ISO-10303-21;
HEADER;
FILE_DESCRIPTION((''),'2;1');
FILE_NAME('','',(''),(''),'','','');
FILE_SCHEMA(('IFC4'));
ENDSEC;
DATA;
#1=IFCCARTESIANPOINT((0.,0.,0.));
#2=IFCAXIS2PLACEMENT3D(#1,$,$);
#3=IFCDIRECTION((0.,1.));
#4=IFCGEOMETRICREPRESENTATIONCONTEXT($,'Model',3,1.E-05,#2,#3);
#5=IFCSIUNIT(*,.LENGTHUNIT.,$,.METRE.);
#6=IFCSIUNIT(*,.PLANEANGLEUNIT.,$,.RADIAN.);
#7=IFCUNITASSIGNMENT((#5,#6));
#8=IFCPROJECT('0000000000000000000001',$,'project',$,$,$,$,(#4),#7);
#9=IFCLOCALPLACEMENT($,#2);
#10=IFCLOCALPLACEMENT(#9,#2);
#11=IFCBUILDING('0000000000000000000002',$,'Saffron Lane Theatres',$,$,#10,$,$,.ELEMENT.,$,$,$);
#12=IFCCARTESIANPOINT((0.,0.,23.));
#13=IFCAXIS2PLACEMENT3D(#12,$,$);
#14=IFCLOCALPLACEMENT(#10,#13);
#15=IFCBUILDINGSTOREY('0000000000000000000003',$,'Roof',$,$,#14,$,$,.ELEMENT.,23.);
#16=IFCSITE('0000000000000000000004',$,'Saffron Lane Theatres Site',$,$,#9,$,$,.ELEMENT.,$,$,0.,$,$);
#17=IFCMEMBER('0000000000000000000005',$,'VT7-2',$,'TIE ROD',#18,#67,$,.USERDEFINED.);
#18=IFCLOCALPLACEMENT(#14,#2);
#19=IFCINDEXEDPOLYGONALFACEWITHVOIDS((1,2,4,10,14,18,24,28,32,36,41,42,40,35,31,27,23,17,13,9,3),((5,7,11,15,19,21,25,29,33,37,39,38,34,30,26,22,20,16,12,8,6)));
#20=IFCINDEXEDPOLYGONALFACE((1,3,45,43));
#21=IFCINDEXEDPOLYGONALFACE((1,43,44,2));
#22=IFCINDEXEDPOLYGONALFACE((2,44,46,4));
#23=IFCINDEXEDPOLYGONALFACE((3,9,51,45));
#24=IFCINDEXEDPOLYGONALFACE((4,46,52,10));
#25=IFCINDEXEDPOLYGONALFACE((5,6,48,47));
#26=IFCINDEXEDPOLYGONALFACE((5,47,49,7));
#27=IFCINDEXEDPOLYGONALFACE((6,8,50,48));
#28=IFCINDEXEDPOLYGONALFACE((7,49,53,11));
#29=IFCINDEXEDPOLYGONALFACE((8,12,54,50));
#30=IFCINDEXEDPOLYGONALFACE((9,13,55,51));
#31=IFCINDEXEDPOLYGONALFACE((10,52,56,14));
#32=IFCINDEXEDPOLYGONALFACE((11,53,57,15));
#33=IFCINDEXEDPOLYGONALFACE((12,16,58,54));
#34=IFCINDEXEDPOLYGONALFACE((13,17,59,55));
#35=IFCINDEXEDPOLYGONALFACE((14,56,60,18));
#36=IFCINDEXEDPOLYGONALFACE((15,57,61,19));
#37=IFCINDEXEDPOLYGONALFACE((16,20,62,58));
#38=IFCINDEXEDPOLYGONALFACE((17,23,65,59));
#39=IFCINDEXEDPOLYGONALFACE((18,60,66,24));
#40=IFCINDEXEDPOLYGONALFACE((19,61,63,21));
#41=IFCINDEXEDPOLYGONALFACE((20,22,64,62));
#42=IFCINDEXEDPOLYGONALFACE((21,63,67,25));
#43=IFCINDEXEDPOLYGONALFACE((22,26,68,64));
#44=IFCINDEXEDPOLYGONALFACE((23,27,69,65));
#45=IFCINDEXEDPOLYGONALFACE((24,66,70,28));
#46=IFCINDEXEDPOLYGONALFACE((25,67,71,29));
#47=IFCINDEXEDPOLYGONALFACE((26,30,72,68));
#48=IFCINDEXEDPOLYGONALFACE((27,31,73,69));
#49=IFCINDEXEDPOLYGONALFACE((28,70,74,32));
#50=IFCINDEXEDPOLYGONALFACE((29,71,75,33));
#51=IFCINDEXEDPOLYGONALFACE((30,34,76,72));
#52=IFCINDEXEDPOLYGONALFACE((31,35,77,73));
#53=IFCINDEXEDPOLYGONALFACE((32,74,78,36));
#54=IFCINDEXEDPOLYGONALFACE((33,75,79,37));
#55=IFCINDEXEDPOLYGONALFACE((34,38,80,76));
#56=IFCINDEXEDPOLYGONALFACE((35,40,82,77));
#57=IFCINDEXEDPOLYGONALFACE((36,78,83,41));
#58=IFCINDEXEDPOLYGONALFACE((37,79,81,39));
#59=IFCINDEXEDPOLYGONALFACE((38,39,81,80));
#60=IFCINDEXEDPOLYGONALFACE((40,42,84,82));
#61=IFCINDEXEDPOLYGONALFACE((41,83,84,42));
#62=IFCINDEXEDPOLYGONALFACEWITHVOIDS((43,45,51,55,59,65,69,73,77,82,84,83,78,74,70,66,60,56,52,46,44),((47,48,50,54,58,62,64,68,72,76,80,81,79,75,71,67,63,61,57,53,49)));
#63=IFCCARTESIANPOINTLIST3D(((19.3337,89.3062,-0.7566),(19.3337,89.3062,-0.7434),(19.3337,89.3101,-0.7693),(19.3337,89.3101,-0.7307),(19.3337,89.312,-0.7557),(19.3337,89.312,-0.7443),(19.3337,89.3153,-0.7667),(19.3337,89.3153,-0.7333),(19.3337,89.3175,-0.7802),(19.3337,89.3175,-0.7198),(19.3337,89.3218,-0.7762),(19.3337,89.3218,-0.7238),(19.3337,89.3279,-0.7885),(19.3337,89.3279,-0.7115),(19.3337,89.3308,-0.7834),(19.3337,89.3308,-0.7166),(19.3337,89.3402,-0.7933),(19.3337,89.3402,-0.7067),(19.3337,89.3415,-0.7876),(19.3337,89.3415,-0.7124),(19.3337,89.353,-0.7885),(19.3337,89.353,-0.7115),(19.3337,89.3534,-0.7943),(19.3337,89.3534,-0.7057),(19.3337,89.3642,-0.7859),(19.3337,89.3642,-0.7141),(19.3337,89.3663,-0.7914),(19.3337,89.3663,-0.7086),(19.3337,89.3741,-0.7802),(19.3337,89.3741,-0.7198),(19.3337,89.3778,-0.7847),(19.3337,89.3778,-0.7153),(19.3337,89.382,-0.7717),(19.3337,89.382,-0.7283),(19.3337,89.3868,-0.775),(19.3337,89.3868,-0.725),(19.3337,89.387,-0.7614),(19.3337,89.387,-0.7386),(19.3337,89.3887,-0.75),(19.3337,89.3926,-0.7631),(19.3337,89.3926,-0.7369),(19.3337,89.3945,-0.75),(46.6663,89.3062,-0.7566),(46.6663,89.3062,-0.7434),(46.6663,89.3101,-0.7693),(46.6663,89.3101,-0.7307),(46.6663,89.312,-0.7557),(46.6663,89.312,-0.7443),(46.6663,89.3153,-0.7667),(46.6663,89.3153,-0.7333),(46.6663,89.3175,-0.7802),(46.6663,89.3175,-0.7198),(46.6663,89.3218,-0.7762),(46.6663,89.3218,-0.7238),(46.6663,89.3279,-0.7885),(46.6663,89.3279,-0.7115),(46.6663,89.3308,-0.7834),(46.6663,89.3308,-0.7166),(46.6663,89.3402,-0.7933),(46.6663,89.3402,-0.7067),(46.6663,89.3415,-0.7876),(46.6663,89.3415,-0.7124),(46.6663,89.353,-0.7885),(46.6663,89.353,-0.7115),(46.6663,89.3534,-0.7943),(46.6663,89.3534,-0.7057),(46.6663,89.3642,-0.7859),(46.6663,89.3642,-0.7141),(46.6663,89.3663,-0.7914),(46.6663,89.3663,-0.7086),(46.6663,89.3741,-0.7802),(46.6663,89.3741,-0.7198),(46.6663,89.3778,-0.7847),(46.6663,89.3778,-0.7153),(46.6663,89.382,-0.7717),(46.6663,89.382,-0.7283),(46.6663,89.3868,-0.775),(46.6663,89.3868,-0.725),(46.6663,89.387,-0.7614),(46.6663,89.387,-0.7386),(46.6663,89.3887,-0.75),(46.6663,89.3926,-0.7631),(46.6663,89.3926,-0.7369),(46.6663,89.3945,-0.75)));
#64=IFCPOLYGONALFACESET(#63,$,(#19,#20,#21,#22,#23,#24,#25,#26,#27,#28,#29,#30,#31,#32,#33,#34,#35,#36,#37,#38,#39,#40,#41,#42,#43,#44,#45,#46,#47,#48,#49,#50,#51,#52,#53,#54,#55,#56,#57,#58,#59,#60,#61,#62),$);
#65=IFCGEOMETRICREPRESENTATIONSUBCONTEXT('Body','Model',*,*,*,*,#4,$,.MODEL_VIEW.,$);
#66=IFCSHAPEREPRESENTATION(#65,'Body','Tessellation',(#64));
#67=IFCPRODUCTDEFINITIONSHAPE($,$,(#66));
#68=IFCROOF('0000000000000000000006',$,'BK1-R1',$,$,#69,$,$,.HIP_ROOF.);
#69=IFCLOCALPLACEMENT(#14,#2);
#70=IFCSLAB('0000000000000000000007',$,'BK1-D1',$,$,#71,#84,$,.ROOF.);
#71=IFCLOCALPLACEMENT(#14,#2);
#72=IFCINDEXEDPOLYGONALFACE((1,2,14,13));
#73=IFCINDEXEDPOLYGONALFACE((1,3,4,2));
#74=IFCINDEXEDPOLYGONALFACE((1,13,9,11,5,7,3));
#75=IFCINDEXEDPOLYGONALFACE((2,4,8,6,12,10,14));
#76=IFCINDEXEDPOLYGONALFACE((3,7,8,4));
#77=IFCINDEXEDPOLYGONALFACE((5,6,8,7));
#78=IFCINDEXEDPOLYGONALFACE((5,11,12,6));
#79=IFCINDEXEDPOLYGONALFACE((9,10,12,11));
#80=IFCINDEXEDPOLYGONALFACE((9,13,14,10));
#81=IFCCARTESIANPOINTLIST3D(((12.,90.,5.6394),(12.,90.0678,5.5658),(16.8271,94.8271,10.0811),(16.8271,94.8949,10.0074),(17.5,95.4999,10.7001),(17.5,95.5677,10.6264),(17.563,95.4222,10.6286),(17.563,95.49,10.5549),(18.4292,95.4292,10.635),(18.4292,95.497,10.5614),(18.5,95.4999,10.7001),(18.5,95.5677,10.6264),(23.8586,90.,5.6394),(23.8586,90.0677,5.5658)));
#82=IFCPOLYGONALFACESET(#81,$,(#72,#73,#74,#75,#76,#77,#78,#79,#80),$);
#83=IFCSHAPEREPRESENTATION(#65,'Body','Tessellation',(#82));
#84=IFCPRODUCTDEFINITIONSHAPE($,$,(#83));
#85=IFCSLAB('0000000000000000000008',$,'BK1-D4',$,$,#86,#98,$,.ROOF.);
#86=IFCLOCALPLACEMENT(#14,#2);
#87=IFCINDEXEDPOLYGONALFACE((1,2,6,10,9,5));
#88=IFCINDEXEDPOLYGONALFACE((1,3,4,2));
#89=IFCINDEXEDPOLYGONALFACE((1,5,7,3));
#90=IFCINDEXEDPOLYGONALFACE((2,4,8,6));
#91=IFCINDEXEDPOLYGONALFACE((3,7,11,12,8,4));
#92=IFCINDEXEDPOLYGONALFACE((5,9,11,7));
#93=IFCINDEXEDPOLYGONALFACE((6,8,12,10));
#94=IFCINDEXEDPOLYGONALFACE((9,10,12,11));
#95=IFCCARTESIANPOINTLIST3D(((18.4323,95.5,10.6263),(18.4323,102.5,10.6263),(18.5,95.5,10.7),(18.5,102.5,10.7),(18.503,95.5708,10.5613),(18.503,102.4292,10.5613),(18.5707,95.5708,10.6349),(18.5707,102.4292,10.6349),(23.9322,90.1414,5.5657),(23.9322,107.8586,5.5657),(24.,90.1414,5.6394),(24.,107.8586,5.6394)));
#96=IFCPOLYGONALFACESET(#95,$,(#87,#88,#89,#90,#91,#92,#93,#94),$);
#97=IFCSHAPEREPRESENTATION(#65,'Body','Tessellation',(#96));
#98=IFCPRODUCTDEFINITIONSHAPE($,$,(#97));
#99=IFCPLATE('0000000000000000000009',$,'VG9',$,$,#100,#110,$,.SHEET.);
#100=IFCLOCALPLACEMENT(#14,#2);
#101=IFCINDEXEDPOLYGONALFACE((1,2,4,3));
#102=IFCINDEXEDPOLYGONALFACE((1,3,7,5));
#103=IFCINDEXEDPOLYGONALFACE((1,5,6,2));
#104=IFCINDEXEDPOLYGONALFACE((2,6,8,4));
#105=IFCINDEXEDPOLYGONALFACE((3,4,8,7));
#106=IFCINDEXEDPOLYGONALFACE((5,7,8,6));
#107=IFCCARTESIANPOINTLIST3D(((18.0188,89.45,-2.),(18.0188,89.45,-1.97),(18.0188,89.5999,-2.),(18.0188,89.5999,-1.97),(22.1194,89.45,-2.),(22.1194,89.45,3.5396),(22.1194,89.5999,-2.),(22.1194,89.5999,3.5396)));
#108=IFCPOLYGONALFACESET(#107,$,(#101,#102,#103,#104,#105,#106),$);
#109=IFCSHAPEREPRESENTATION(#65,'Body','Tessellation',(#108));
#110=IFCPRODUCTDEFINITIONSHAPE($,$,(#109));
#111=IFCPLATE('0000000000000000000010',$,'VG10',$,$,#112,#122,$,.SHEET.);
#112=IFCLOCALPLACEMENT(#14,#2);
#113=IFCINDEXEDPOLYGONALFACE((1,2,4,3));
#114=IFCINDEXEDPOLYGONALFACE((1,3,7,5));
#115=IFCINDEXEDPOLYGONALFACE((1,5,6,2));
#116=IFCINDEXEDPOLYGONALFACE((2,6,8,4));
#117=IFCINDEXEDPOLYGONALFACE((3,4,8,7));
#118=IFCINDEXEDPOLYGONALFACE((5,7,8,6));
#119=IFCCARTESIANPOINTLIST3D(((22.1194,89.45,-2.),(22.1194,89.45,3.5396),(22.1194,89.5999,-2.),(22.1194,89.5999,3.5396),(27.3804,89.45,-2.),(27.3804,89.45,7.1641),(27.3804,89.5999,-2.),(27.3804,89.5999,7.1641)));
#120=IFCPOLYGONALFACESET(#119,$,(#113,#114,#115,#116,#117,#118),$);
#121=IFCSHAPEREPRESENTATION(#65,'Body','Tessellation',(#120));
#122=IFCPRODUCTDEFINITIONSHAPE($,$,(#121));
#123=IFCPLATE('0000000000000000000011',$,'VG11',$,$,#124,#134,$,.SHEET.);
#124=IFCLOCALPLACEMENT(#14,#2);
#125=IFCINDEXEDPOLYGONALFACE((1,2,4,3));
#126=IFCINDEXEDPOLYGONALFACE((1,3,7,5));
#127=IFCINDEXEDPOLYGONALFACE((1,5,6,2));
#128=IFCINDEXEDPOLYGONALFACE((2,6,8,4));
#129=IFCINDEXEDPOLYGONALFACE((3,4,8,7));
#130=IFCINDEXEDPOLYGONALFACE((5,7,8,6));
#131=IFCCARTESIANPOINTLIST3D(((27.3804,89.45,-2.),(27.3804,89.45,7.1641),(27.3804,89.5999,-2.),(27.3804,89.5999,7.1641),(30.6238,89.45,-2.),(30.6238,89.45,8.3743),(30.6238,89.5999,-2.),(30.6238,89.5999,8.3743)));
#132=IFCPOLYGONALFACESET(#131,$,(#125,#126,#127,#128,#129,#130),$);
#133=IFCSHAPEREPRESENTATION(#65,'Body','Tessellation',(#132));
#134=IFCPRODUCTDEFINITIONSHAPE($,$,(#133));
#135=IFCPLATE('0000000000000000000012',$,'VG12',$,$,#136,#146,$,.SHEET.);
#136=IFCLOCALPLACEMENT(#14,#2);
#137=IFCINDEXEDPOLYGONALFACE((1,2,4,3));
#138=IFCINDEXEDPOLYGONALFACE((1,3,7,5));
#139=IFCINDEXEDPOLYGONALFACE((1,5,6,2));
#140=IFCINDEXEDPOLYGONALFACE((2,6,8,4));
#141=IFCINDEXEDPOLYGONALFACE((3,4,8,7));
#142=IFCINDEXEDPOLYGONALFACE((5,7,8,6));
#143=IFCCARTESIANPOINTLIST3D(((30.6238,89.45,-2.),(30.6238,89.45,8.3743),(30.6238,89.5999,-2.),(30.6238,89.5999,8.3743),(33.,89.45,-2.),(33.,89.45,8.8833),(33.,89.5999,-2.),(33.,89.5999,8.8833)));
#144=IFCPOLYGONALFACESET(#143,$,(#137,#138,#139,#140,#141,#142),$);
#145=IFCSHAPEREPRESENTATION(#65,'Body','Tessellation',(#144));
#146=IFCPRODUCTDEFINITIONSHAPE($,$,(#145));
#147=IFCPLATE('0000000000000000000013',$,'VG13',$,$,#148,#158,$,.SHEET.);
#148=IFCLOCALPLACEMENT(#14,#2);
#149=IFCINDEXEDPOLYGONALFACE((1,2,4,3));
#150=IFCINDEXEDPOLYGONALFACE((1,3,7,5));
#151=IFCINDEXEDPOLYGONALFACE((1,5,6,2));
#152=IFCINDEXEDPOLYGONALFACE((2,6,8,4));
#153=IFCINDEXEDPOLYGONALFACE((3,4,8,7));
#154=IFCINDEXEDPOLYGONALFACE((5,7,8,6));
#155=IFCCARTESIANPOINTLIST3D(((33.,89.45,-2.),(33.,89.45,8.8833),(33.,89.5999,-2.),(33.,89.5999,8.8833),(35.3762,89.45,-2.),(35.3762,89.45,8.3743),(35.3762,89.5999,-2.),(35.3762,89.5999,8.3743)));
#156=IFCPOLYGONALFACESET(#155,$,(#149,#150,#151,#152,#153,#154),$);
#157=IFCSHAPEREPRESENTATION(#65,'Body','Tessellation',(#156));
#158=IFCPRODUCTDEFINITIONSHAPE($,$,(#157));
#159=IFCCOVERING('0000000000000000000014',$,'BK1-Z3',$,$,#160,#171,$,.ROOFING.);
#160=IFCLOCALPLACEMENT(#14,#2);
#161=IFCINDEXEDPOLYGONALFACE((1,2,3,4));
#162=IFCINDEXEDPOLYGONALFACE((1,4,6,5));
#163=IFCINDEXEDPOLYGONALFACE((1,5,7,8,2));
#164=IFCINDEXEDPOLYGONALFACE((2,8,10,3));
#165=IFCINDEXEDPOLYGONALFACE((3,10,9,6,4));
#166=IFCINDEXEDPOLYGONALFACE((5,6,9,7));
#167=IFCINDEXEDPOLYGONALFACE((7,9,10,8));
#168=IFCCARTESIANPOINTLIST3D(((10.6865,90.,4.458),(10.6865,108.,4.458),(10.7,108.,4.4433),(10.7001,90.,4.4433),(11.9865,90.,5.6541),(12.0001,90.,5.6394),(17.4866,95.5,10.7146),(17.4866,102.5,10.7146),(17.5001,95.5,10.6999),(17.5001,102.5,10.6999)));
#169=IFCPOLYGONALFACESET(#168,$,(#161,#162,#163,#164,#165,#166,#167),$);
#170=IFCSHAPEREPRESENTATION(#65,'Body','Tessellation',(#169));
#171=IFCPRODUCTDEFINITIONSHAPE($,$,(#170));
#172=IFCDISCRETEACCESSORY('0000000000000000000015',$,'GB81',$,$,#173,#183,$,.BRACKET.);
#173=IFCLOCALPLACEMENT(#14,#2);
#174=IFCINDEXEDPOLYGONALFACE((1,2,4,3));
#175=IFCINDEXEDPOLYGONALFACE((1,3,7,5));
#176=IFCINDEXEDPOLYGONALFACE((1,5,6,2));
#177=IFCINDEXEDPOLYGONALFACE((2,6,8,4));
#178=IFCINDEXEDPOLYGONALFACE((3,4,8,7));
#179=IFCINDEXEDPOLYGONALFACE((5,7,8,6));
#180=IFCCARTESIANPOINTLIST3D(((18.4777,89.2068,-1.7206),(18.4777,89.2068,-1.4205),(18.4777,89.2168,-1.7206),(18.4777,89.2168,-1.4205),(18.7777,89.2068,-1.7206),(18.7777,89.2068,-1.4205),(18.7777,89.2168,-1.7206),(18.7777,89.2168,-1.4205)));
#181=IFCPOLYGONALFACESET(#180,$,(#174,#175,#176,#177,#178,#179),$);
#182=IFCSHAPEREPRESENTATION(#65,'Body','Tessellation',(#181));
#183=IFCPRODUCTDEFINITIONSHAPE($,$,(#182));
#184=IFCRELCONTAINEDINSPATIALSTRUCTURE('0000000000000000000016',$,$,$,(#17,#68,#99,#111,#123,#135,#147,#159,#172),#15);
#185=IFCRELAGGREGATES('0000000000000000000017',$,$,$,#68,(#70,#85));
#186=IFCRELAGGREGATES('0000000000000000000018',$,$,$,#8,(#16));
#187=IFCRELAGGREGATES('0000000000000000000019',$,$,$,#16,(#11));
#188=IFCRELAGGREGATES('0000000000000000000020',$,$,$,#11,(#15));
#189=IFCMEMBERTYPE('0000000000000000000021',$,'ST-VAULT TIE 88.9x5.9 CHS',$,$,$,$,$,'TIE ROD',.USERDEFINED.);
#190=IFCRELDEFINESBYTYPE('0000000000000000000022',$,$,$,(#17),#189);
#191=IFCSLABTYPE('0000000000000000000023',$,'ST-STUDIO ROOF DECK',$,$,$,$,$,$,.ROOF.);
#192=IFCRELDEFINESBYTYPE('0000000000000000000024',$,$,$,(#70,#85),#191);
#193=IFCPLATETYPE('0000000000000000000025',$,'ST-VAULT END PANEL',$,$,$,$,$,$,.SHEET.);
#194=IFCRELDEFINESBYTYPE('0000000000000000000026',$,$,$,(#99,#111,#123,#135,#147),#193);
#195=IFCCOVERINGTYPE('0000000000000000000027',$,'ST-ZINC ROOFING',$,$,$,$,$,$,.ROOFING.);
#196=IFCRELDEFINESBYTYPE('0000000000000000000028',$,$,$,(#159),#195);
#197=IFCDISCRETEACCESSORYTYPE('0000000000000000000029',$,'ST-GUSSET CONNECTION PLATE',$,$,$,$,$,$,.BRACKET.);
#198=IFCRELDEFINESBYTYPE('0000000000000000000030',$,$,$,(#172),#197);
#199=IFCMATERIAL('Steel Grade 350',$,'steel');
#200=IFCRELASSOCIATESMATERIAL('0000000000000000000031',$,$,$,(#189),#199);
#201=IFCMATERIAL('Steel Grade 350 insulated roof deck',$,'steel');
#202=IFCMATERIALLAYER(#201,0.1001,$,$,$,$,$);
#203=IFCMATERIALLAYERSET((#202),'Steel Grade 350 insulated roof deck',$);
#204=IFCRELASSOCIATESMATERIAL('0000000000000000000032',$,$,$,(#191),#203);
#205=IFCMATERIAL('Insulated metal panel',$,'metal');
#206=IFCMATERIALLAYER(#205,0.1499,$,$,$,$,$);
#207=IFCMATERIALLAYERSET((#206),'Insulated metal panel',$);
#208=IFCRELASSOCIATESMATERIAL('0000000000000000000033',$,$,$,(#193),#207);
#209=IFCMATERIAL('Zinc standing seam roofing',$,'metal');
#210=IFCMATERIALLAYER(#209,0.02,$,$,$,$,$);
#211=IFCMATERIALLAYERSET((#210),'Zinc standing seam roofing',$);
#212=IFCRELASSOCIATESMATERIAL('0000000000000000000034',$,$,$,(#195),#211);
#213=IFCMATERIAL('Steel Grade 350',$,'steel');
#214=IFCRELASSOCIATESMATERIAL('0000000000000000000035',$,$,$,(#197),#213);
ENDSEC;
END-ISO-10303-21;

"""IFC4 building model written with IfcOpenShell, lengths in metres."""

from ifc_helpers import new_model, si_unit, direction, frame, origin, origin_2d, place, context, subcontext, project, spatial, polyline, rectangle, hollow_circle, outline, extrude, material, layer, layer_set, material_profile, profile_set, type_object, element, aggregate, save


model = new_model("IFC4")

# Units and contexts
model_context = context("Model", 3, precision=1e-05, world=origin(), true_north=direction((0.0, 1.0)))
body_context = subcontext(model_context, "Body", "Model", "MODEL_VIEW")
ifc_project = project(units=[si_unit("LENGTHUNIT", "METRE"), si_unit("PLANEANGLEUNIT", "RADIAN")], contexts=[model_context])

# Site, building, storey
site_placement = place(None, origin())
site = spatial("IfcSite", under=ifc_project, at=site_placement, Name="Saffron Lane Theatres Site", CompositionType="ELEMENT", RefElevation=0.0)
building_placement = place(site_placement, origin())
building = spatial("IfcBuilding", under=site, at=building_placement, Name="Saffron Lane Theatres", CompositionType="ELEMENT")
storey_placement = place(building_placement, frame((0.0, 0.0, 23.0)))
storey = spatial("IfcBuildingStorey", under=building, at=storey_placement, Name="Roof", CompositionType="ELEMENT", Elevation=23.0)

# Member
ifc_material_1 = material(Name="Steel Grade 350", Category="steel")
ifc_material_profile_1 = material_profile(ifc_material_1, hollow_circle(Radius=0.0444, WallThickness=0.0059, at=origin_2d()))
ifc_profile_set_1 = profile_set([ifc_material_profile_1], Name="Steel Grade 350")
member_type_1 = type_object("IfcMemberType", Name="ST-VAULT TIE 88.9x5.9 CHS", ElementType="TIE ROD", PredefinedType="USERDEFINED", material=ifc_profile_set_1)
member_1_placement = place(storey_placement, frame((19.3337, 89.3501, -0.75), z_axis=(1.0, 0.0, 0.0), x_axis=(0.0, 1.0, 0.0)))
element("IfcMember", 1, at=member_1_placement, inside=storey, type_object=member_type_1, Name="VT7-2", ObjectType="TIE ROD", PredefinedType="USERDEFINED", context=body_context, shape_type="SweptSolid", body=[
    extrude(hollow_circle(Radius=0.0444, WallThickness=0.0059, at=origin_2d()), origin(), (0.0, 0.0, 1.0), 27.3325),
])

# Roof, slabs
roof_placement = place(storey_placement, origin())
roof = element("IfcRoof", 2, at=roof_placement, inside=storey, Name="BK1-R1", PredefinedType="HIP_ROOF")
ifc_material_2 = material(Name="Steel Grade 350 insulated roof deck", Category="steel")
ifc_layer_1 = layer(ifc_material_2, 0.1001)
ifc_layer_set_1 = layer_set([ifc_layer_1], Name="Steel Grade 350 insulated roof deck")
slab_type = type_object("IfcSlabType", Name="ST-STUDIO ROOF DECK", PredefinedType="ROOF", material=ifc_layer_set_1)
slab_1_placement = place(storey_placement, frame((16.8271, 94.8271, 10.0811), z_axis=(-0.000001, -0.677108, 0.735884), x_axis=(0.673033, 0.544268, 0.500798)))
slab_1 = element("IfcSlab", 3, at=slab_1_placement, type_object=slab_type, Name="BK1-D1", PredefinedType="ROOF", context=body_context, shape_type="SweptSolid", body=[
    extrude(outline(polyline([(0.0, 0.0), (1.0933, 0.0), (1.129, 0.1176), (1.802, -0.622), (1.6833, -0.6343), (-0.1192, -9.6155), (-8.1005, -0.8447), (0.0, 0.0)])), origin(), (0.0, 0.0, -1.0), 0.1001),
])
slab_2_placement = place(storey_placement, frame((24.0, 90.1414, 5.6394), z_axis=(0.677103, 0.0, 0.735889), x_axis=(-0.592694, 0.592714, 0.545347)))
slab_2 = element("IfcSlab", 4, at=slab_2_placement, type_object=slab_type, Name="BK1-D4", PredefinedType="ROOF", context=body_context, shape_type="SweptSolid", body=[
    extrude(outline(polyline([(0.0, 0.0), (9.1603, 0.0), (9.1957, 0.114), (13.3447, -5.5239), (13.2254, -5.5238), (10.5013, -14.2697), (0.0, 0.0)])), origin(), (0.0, 0.0, -1.0), 0.1001),
])
aggregate(roof, [slab_1, slab_2])

# Plates
ifc_material_3 = material(Name="Insulated metal panel", Category="metal")
ifc_layer_2 = layer(ifc_material_3, 0.1499)
ifc_layer_set_2 = layer_set([ifc_layer_2], Name="Insulated metal panel")
plate_type = type_object("IfcPlateType", Name="ST-VAULT END PANEL", PredefinedType="SHEET", material=ifc_layer_set_2)
plate_1_placement = place(storey_placement, frame((18.0188, 89.45, -2.0), z_axis=(0.0, -1.0, 0.0), x_axis=(1.0, 0.0, 0.0)))
element("IfcPlate", 5, at=plate_1_placement, inside=storey, type_object=plate_type, Name="VG9", PredefinedType="SHEET", context=body_context, shape_type="SweptSolid", body=[
    extrude(outline(polyline([(0.0, 0.0), (4.1006, 0.0), (4.1006, 5.5396), (0.0, 0.03), (0.0, 0.0)])), origin(), (0.0, 0.0, -1.0), 0.1499),
])
plate_2_placement = place(storey_placement, frame((22.1194, 89.45, -2.0), z_axis=(0.0, -1.0, 0.0), x_axis=(1.0, 0.0, 0.0)))
element("IfcPlate", 6, at=plate_2_placement, inside=storey, type_object=plate_type, Name="VG10", PredefinedType="SHEET", context=body_context, shape_type="SweptSolid", body=[
    extrude(outline(polyline([(0.0, 0.0), (5.261, 0.0), (5.261, 9.1641), (0.0, 5.5396), (0.0, 0.0)])), origin(), (0.0, 0.0, -1.0), 0.1499),
])
plate_3_placement = place(storey_placement, frame((27.3804, 89.45, -2.0), z_axis=(0.0, -1.0, 0.0), x_axis=(1.0, 0.0, 0.0)))
element("IfcPlate", 7, at=plate_3_placement, inside=storey, type_object=plate_type, Name="VG11", PredefinedType="SHEET", context=body_context, shape_type="SweptSolid", body=[
    extrude(outline(polyline([(0.0, 0.0), (3.2434, 0.0), (3.2434, 10.3743), (0.0, 9.1641), (0.0, 0.0)])), origin(), (0.0, 0.0, -1.0), 0.1499),
])
plate_4_placement = place(storey_placement, frame((30.6238, 89.45, -2.0), z_axis=(0.0, -1.0, 0.0), x_axis=(1.0, 0.0, 0.0)))
element("IfcPlate", 8, at=plate_4_placement, inside=storey, type_object=plate_type, Name="VG12", PredefinedType="SHEET", context=body_context, shape_type="SweptSolid", body=[
    extrude(outline(polyline([(0.0, 0.0), (2.3762, 0.0), (2.3762, 10.8833), (0.0, 10.3743), (0.0, 0.0)])), origin(), (0.0, 0.0, -1.0), 0.1499),
])
plate_5_placement = place(storey_placement, frame((33.0, 89.45, -2.0), z_axis=(0.0, -1.0, 0.0), x_axis=(1.0, 0.0, 0.0)))
element("IfcPlate", 9, at=plate_5_placement, inside=storey, type_object=plate_type, Name="VG13", PredefinedType="SHEET", context=body_context, shape_type="SweptSolid", body=[
    extrude(outline(polyline([(0.0, 0.0), (2.3762, 0.0), (2.3762, 10.3743), (0.0, 10.8833), (0.0, 0.0)])), origin(), (0.0, 0.0, -1.0), 0.1499),
])

# Covering
ifc_material_4 = material(Name="Zinc standing seam roofing", Category="metal")
ifc_layer_3 = layer(ifc_material_4, 0.02)
ifc_layer_set_3 = layer_set([ifc_layer_3], Name="Zinc standing seam roofing")
covering_type = type_object("IfcCoveringType", Name="ST-ZINC ROOFING", PredefinedType="ROOFING", material=ifc_layer_set_3)
covering_placement = place(storey_placement, frame((10.6865, 90.0, 4.458), z_axis=(-0.677087, -0.000003, 0.735903), x_axis=(-0.000002, 1.0, 0.000002)))
element("IfcCovering", 10, at=covering_placement, inside=storey, type_object=covering_type, Name="BK1-Z3", PredefinedType="ROOFING", context=body_context, shape_type="SweptSolid", body=[
    extrude(outline(polyline([(0.0, 0.0), (18.0, 0.0), (12.5, -9.2404), (5.5, -9.2404), (0.0, -1.7665), (0.0, 0.0)])), origin(), (0.0, 0.0, -1.0), 0.02),
])

# Discrete accessory
ifc_material_5 = material(Name="Steel Grade 350", Category="steel")
ifc_material_profile_2 = material_profile(ifc_material_5, rectangle(XDim=0.3, YDim=0.3, at=origin_2d()))
ifc_profile_set_2 = profile_set([ifc_material_profile_2], Name="Steel Grade 350")
discrete_accessory_type_1 = type_object("IfcDiscreteAccessoryType", Name="ST-GUSSET CONNECTION PLATE", PredefinedType="BRACKET", material=ifc_profile_set_2)
for number, where, z_axis, x_axis, name in (
    (11, (18.6277, 89.2168, -1.5706), (0.0, -1.0, 0.0), (1.0, 0.0, 0.0), "GB81"),
):
    element("IfcDiscreteAccessory", number, at=place(storey_placement, frame(where, z_axis=z_axis, x_axis=x_axis)), inside=storey, type_object=discrete_accessory_type_1, Name=name, PredefinedType="BRACKET", context=body_context, shape_type="SweptSolid", body=[
        extrude(rectangle(XDim=0.3, YDim=0.3, at=origin_2d()), origin(), (0.0, 0.0, 1.0), 0.01),
    ])

save(model, "model.ifc")
